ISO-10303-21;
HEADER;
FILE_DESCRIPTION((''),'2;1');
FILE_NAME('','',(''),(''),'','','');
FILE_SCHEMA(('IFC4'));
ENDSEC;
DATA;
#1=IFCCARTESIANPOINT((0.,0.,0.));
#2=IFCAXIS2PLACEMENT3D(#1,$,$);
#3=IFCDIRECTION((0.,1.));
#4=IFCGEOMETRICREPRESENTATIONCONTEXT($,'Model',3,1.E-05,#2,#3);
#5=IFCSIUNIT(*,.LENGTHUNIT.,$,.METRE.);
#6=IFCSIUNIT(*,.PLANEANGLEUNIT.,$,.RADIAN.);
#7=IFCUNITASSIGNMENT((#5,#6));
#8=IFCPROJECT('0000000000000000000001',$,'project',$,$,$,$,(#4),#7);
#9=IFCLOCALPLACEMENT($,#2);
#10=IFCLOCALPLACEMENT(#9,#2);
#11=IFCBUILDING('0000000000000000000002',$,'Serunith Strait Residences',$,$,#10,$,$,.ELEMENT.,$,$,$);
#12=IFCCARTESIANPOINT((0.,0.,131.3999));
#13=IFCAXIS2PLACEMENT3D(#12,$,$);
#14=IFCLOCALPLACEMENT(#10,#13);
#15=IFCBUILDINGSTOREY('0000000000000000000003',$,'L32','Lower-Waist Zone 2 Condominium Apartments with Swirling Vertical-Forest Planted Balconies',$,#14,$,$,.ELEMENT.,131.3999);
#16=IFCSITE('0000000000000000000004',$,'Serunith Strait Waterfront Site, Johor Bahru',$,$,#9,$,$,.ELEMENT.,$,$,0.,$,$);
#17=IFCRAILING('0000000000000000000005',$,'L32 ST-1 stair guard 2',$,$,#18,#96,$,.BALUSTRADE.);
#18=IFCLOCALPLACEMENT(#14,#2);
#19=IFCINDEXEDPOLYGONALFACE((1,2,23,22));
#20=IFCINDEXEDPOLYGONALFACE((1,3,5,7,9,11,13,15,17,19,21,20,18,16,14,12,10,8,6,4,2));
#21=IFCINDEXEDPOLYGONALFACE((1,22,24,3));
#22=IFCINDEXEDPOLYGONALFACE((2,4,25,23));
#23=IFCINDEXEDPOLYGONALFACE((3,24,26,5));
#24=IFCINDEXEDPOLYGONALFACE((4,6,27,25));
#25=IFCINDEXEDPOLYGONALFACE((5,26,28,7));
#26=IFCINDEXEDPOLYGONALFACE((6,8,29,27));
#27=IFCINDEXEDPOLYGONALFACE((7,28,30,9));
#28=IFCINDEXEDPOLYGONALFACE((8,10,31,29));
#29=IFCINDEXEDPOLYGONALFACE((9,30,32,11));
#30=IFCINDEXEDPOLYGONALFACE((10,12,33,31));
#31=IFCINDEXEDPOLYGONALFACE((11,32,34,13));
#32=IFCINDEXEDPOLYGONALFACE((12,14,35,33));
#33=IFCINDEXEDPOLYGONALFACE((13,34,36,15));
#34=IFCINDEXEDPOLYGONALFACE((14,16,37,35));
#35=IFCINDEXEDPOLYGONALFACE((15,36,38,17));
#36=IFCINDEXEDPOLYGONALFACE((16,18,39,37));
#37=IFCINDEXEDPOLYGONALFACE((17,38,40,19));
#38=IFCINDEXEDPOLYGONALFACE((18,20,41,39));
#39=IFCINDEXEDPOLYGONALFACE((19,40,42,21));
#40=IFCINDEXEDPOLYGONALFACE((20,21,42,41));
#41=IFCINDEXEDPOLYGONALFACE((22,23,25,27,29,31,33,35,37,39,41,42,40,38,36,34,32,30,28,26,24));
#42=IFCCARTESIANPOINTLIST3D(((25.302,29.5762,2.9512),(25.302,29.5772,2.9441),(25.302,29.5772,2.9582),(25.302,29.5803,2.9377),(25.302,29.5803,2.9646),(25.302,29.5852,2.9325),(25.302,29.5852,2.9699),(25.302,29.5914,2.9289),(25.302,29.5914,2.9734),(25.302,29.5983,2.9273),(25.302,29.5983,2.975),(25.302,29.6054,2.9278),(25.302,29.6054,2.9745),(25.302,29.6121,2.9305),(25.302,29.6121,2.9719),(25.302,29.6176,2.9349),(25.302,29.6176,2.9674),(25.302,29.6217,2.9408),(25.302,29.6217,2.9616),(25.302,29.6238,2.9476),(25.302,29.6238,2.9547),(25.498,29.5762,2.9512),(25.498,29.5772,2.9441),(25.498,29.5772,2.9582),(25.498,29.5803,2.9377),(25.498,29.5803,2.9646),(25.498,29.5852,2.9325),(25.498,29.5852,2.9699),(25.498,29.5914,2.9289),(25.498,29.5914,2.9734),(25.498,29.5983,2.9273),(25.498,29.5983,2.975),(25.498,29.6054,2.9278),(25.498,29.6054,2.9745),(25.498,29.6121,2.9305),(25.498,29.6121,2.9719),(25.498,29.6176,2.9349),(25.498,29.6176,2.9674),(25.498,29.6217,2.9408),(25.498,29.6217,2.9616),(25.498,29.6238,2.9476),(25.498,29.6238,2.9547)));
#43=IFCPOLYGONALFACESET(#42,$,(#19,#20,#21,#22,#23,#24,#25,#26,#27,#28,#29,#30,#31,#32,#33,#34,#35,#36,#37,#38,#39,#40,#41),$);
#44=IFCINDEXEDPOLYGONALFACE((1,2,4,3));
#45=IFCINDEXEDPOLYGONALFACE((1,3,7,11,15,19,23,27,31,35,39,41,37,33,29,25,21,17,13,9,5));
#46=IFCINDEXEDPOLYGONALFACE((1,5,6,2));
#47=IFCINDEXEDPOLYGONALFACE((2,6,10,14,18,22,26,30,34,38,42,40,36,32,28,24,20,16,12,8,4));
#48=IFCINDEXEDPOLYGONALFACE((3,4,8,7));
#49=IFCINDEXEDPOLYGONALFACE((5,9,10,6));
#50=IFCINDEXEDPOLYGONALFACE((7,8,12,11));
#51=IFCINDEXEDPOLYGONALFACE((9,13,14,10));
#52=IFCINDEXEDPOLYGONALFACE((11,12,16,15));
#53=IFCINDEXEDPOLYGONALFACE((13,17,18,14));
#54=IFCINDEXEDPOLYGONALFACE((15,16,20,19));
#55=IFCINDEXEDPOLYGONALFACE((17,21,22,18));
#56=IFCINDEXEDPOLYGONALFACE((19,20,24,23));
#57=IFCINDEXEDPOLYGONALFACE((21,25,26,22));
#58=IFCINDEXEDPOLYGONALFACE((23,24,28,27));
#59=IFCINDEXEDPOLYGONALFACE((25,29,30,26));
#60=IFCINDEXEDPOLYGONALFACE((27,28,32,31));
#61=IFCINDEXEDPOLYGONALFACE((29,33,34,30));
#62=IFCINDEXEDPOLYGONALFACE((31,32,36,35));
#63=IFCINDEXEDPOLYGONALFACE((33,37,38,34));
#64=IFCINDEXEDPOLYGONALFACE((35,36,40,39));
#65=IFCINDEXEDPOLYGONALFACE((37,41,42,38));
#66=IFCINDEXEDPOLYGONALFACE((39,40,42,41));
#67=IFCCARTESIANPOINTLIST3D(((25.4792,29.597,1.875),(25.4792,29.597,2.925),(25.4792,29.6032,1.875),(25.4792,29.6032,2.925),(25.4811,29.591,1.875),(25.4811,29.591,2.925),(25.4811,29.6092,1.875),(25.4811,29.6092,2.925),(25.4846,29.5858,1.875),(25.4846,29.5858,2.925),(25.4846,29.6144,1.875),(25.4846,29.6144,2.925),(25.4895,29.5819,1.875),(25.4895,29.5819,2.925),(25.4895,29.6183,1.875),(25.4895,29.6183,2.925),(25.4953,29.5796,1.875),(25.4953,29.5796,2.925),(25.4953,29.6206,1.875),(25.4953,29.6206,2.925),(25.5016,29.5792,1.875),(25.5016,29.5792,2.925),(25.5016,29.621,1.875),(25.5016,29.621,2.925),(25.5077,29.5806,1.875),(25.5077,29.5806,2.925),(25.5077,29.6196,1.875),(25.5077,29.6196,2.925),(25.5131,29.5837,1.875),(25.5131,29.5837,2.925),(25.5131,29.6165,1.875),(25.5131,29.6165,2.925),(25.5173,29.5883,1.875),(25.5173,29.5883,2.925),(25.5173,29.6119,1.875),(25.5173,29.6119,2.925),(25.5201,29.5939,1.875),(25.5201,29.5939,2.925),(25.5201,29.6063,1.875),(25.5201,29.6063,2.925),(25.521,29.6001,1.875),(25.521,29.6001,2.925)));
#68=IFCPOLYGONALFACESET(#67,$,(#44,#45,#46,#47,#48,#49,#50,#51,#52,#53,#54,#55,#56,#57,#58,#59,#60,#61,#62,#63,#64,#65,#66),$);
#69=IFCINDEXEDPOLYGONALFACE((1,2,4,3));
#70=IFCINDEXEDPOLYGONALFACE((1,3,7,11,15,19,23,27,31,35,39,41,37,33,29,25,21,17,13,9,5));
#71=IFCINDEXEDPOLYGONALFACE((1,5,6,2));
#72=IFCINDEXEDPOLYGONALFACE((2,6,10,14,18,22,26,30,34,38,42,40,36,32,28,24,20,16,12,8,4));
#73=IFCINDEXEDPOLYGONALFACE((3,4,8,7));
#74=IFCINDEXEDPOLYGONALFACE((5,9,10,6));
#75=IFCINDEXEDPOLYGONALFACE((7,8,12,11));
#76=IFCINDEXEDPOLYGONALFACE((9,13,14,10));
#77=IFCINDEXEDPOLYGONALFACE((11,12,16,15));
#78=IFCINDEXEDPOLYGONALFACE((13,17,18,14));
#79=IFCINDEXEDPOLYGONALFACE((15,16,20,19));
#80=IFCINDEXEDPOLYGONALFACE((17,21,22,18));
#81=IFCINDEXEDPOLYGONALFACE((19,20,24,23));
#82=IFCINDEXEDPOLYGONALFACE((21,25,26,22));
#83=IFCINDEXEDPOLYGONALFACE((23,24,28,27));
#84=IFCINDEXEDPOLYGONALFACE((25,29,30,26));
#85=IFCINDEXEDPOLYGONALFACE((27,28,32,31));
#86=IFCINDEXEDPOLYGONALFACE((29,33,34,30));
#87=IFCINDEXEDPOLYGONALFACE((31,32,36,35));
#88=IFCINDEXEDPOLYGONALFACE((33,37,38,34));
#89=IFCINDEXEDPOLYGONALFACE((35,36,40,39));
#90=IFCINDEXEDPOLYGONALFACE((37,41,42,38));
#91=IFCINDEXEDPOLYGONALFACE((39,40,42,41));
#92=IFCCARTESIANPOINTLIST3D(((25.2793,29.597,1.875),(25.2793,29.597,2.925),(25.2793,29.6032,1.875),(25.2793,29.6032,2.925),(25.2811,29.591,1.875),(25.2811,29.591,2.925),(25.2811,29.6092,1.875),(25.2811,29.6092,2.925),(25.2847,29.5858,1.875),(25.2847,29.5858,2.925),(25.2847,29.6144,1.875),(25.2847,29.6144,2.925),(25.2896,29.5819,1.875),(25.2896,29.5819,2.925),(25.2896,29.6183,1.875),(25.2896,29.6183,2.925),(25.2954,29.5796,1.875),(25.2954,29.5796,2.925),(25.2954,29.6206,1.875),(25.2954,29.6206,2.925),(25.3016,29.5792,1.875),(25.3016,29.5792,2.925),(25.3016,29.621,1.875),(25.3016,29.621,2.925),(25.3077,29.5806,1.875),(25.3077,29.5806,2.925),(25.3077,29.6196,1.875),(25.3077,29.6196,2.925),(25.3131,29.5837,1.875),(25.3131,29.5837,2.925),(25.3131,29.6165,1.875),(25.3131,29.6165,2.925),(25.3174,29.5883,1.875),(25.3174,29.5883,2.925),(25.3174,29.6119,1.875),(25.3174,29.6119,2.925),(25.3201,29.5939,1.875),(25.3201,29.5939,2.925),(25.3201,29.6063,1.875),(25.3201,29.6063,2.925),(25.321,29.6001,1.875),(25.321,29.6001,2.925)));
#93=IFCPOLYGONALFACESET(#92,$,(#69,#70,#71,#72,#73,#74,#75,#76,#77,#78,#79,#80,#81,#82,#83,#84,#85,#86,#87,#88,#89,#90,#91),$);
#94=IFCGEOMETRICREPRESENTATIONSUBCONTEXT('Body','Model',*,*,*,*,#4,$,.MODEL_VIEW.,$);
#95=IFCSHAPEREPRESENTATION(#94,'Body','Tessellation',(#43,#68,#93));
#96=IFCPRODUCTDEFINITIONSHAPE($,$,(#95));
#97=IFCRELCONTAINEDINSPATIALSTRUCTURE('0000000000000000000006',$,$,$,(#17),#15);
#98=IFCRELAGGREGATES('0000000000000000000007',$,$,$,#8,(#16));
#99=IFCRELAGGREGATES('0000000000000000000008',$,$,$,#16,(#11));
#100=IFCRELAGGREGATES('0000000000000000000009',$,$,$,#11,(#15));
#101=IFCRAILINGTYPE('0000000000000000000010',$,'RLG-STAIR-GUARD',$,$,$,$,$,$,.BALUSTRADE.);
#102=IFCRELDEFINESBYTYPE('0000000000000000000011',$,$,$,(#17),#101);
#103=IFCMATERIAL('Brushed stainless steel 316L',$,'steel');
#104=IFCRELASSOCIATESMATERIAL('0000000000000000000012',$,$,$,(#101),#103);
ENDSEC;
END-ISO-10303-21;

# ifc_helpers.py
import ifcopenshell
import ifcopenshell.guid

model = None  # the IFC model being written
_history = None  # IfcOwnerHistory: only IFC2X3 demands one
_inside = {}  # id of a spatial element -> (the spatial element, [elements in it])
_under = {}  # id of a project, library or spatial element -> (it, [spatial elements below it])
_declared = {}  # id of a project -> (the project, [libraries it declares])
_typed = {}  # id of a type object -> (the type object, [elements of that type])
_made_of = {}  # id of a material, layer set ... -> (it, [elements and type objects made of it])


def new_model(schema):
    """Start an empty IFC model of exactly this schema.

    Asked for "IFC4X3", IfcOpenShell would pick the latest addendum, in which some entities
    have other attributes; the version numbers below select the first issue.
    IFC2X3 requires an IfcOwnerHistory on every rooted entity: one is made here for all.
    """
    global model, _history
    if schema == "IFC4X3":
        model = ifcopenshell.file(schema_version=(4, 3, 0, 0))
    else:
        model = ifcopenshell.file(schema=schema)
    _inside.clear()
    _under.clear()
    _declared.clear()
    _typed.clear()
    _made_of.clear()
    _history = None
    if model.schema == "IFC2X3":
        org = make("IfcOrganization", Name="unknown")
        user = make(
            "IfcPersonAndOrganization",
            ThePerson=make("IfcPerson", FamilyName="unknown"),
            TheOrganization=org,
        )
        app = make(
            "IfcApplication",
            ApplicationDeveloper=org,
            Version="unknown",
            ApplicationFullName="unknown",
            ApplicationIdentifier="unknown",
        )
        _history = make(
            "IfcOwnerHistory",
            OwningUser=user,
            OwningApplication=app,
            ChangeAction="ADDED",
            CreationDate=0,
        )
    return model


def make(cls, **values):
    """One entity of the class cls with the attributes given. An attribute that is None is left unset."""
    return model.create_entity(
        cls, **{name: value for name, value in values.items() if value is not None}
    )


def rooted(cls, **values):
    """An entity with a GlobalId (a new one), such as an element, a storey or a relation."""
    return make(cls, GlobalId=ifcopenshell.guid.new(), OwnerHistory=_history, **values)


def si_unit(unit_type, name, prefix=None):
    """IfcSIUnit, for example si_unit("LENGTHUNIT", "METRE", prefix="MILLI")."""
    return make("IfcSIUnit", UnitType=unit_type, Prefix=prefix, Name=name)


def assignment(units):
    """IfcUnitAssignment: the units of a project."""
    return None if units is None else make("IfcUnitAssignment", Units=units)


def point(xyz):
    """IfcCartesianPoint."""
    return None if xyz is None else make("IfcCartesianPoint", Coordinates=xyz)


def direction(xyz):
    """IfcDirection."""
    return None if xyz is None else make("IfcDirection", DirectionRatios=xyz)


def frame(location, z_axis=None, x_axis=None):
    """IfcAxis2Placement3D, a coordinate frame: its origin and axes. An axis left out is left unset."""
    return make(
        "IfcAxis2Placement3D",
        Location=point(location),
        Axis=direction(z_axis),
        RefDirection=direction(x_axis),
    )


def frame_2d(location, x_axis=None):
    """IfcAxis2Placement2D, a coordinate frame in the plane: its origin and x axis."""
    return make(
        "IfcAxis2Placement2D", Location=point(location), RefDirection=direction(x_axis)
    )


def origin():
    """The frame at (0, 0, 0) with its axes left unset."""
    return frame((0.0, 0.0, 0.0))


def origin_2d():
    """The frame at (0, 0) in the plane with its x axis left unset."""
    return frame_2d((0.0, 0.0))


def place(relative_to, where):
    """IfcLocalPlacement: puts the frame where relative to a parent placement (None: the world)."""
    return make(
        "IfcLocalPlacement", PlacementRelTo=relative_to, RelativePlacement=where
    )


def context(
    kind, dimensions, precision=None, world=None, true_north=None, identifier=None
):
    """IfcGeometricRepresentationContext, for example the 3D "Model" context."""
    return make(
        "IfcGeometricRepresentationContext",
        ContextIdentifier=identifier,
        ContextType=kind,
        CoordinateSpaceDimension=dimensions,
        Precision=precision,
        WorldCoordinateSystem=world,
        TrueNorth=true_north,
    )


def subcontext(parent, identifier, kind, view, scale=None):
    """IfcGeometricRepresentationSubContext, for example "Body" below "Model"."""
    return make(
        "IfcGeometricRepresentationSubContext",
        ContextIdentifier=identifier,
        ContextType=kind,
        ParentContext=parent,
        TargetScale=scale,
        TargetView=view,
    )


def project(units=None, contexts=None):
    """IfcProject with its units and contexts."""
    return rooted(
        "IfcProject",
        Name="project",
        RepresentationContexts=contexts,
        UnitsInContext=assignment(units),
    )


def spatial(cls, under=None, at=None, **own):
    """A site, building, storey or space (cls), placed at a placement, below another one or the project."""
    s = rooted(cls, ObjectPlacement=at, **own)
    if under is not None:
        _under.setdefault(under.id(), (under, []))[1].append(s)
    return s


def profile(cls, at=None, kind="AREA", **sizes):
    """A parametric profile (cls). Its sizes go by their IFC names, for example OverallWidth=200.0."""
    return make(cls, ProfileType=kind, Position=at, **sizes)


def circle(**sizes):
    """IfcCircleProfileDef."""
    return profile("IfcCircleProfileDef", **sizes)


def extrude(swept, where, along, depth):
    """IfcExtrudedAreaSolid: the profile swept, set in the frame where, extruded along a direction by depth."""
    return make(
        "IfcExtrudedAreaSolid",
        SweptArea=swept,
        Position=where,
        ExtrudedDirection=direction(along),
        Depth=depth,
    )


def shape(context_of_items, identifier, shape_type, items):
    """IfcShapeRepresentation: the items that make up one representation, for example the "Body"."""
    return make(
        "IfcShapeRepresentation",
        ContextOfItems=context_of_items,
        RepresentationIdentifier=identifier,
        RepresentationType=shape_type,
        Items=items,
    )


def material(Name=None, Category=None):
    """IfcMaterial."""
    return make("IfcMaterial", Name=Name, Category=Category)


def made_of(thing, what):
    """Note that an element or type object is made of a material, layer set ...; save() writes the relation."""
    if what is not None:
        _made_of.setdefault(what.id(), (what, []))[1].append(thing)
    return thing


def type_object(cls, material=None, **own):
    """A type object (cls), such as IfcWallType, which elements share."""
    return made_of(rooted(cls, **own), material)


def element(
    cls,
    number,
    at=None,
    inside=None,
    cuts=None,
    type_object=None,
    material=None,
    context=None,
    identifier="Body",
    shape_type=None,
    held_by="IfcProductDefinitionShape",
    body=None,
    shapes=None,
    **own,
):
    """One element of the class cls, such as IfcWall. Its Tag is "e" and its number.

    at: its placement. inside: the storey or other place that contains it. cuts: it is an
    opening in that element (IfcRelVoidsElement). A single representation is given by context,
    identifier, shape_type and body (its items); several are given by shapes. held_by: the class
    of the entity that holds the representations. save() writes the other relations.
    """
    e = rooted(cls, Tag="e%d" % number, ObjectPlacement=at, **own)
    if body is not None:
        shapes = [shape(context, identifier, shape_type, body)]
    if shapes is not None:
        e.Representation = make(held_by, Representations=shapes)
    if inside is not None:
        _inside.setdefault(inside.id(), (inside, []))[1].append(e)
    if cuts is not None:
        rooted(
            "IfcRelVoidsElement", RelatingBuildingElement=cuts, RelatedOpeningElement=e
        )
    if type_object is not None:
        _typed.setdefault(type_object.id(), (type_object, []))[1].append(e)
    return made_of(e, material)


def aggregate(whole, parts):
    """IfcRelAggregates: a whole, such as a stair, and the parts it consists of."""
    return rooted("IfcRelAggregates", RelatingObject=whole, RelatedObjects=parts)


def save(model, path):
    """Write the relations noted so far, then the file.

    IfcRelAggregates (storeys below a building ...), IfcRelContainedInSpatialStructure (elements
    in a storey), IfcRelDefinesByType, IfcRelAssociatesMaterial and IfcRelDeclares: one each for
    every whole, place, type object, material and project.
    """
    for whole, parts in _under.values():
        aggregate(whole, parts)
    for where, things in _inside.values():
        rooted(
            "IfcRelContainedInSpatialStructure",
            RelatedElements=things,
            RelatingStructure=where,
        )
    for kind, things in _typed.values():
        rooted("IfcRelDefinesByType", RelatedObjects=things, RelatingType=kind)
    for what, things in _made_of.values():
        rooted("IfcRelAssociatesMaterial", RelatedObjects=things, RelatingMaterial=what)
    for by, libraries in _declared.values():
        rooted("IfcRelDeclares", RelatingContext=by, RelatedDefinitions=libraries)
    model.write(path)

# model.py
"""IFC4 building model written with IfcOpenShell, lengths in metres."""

from ifc_helpers import new_model, si_unit, direction, frame, origin, origin_2d, place, context, subcontext, project, spatial, circle, extrude, material, type_object, element, save


model = new_model("IFC4")

# Units and contexts
model_context = context("Model", 3, precision=1e-05, world=origin(), true_north=direction((0.0, 1.0)))
body_context = subcontext(model_context, "Body", "Model", "MODEL_VIEW")
ifc_project = project(units=[si_unit("LENGTHUNIT", "METRE"), si_unit("PLANEANGLEUNIT", "RADIAN")], contexts=[model_context])

# Site, building, storey
site_placement = place(None, origin())
site = spatial("IfcSite", under=ifc_project, at=site_placement, Name="Serunith Strait Waterfront Site, Johor Bahru", CompositionType="ELEMENT", RefElevation=0.0)
building_placement = place(site_placement, origin())
building = spatial("IfcBuilding", under=site, at=building_placement, Name="Serunith Strait Residences", CompositionType="ELEMENT")
storey_placement = place(building_placement, frame((0.0, 0.0, 131.3999)))
storey = spatial("IfcBuildingStorey", under=building, at=storey_placement, Name="L32", Description="Lower-Waist Zone 2 Condominium Apartments with Swirling Vertical-Forest Planted Balconies", CompositionType="ELEMENT", Elevation=131.3999)

# Railing
ifc_material_1 = material(Name="Brushed stainless steel 316L", Category="steel")
railing_type_1 = type_object("IfcRailingType", Name="RLG-STAIR-GUARD", PredefinedType="BALUSTRADE", material=ifc_material_1)
railing_1_placement = place(storey_placement, frame((25.5, 29.6001, 1.875)))
element("IfcRailing", 1, at=railing_1_placement, inside=storey, type_object=railing_type_1, Name="L32 ST-1 stair guard 2", PredefinedType="BALUSTRADE", context=body_context, shape_type="SweptSolid", body=[
    extrude(circle(Radius=0.0239, at=origin_2d()), frame((-0.002, 0.0, 1.0762), z_axis=(-1.0, 0.0, 0.0), x_axis=(0.0, -1.0, 0.0)), (0.0, 0.0, 1.0), 0.196),
    extrude(circle(Radius=0.021, at=origin_2d()), origin(), (0.0, 0.0, 1.0), 1.05),
    extrude(circle(Radius=0.021, at=origin_2d()), frame((-0.2, 0.0, 0.0)), (0.0, 0.0, 1.0), 1.05),
])

save(model, "model.ifc")
